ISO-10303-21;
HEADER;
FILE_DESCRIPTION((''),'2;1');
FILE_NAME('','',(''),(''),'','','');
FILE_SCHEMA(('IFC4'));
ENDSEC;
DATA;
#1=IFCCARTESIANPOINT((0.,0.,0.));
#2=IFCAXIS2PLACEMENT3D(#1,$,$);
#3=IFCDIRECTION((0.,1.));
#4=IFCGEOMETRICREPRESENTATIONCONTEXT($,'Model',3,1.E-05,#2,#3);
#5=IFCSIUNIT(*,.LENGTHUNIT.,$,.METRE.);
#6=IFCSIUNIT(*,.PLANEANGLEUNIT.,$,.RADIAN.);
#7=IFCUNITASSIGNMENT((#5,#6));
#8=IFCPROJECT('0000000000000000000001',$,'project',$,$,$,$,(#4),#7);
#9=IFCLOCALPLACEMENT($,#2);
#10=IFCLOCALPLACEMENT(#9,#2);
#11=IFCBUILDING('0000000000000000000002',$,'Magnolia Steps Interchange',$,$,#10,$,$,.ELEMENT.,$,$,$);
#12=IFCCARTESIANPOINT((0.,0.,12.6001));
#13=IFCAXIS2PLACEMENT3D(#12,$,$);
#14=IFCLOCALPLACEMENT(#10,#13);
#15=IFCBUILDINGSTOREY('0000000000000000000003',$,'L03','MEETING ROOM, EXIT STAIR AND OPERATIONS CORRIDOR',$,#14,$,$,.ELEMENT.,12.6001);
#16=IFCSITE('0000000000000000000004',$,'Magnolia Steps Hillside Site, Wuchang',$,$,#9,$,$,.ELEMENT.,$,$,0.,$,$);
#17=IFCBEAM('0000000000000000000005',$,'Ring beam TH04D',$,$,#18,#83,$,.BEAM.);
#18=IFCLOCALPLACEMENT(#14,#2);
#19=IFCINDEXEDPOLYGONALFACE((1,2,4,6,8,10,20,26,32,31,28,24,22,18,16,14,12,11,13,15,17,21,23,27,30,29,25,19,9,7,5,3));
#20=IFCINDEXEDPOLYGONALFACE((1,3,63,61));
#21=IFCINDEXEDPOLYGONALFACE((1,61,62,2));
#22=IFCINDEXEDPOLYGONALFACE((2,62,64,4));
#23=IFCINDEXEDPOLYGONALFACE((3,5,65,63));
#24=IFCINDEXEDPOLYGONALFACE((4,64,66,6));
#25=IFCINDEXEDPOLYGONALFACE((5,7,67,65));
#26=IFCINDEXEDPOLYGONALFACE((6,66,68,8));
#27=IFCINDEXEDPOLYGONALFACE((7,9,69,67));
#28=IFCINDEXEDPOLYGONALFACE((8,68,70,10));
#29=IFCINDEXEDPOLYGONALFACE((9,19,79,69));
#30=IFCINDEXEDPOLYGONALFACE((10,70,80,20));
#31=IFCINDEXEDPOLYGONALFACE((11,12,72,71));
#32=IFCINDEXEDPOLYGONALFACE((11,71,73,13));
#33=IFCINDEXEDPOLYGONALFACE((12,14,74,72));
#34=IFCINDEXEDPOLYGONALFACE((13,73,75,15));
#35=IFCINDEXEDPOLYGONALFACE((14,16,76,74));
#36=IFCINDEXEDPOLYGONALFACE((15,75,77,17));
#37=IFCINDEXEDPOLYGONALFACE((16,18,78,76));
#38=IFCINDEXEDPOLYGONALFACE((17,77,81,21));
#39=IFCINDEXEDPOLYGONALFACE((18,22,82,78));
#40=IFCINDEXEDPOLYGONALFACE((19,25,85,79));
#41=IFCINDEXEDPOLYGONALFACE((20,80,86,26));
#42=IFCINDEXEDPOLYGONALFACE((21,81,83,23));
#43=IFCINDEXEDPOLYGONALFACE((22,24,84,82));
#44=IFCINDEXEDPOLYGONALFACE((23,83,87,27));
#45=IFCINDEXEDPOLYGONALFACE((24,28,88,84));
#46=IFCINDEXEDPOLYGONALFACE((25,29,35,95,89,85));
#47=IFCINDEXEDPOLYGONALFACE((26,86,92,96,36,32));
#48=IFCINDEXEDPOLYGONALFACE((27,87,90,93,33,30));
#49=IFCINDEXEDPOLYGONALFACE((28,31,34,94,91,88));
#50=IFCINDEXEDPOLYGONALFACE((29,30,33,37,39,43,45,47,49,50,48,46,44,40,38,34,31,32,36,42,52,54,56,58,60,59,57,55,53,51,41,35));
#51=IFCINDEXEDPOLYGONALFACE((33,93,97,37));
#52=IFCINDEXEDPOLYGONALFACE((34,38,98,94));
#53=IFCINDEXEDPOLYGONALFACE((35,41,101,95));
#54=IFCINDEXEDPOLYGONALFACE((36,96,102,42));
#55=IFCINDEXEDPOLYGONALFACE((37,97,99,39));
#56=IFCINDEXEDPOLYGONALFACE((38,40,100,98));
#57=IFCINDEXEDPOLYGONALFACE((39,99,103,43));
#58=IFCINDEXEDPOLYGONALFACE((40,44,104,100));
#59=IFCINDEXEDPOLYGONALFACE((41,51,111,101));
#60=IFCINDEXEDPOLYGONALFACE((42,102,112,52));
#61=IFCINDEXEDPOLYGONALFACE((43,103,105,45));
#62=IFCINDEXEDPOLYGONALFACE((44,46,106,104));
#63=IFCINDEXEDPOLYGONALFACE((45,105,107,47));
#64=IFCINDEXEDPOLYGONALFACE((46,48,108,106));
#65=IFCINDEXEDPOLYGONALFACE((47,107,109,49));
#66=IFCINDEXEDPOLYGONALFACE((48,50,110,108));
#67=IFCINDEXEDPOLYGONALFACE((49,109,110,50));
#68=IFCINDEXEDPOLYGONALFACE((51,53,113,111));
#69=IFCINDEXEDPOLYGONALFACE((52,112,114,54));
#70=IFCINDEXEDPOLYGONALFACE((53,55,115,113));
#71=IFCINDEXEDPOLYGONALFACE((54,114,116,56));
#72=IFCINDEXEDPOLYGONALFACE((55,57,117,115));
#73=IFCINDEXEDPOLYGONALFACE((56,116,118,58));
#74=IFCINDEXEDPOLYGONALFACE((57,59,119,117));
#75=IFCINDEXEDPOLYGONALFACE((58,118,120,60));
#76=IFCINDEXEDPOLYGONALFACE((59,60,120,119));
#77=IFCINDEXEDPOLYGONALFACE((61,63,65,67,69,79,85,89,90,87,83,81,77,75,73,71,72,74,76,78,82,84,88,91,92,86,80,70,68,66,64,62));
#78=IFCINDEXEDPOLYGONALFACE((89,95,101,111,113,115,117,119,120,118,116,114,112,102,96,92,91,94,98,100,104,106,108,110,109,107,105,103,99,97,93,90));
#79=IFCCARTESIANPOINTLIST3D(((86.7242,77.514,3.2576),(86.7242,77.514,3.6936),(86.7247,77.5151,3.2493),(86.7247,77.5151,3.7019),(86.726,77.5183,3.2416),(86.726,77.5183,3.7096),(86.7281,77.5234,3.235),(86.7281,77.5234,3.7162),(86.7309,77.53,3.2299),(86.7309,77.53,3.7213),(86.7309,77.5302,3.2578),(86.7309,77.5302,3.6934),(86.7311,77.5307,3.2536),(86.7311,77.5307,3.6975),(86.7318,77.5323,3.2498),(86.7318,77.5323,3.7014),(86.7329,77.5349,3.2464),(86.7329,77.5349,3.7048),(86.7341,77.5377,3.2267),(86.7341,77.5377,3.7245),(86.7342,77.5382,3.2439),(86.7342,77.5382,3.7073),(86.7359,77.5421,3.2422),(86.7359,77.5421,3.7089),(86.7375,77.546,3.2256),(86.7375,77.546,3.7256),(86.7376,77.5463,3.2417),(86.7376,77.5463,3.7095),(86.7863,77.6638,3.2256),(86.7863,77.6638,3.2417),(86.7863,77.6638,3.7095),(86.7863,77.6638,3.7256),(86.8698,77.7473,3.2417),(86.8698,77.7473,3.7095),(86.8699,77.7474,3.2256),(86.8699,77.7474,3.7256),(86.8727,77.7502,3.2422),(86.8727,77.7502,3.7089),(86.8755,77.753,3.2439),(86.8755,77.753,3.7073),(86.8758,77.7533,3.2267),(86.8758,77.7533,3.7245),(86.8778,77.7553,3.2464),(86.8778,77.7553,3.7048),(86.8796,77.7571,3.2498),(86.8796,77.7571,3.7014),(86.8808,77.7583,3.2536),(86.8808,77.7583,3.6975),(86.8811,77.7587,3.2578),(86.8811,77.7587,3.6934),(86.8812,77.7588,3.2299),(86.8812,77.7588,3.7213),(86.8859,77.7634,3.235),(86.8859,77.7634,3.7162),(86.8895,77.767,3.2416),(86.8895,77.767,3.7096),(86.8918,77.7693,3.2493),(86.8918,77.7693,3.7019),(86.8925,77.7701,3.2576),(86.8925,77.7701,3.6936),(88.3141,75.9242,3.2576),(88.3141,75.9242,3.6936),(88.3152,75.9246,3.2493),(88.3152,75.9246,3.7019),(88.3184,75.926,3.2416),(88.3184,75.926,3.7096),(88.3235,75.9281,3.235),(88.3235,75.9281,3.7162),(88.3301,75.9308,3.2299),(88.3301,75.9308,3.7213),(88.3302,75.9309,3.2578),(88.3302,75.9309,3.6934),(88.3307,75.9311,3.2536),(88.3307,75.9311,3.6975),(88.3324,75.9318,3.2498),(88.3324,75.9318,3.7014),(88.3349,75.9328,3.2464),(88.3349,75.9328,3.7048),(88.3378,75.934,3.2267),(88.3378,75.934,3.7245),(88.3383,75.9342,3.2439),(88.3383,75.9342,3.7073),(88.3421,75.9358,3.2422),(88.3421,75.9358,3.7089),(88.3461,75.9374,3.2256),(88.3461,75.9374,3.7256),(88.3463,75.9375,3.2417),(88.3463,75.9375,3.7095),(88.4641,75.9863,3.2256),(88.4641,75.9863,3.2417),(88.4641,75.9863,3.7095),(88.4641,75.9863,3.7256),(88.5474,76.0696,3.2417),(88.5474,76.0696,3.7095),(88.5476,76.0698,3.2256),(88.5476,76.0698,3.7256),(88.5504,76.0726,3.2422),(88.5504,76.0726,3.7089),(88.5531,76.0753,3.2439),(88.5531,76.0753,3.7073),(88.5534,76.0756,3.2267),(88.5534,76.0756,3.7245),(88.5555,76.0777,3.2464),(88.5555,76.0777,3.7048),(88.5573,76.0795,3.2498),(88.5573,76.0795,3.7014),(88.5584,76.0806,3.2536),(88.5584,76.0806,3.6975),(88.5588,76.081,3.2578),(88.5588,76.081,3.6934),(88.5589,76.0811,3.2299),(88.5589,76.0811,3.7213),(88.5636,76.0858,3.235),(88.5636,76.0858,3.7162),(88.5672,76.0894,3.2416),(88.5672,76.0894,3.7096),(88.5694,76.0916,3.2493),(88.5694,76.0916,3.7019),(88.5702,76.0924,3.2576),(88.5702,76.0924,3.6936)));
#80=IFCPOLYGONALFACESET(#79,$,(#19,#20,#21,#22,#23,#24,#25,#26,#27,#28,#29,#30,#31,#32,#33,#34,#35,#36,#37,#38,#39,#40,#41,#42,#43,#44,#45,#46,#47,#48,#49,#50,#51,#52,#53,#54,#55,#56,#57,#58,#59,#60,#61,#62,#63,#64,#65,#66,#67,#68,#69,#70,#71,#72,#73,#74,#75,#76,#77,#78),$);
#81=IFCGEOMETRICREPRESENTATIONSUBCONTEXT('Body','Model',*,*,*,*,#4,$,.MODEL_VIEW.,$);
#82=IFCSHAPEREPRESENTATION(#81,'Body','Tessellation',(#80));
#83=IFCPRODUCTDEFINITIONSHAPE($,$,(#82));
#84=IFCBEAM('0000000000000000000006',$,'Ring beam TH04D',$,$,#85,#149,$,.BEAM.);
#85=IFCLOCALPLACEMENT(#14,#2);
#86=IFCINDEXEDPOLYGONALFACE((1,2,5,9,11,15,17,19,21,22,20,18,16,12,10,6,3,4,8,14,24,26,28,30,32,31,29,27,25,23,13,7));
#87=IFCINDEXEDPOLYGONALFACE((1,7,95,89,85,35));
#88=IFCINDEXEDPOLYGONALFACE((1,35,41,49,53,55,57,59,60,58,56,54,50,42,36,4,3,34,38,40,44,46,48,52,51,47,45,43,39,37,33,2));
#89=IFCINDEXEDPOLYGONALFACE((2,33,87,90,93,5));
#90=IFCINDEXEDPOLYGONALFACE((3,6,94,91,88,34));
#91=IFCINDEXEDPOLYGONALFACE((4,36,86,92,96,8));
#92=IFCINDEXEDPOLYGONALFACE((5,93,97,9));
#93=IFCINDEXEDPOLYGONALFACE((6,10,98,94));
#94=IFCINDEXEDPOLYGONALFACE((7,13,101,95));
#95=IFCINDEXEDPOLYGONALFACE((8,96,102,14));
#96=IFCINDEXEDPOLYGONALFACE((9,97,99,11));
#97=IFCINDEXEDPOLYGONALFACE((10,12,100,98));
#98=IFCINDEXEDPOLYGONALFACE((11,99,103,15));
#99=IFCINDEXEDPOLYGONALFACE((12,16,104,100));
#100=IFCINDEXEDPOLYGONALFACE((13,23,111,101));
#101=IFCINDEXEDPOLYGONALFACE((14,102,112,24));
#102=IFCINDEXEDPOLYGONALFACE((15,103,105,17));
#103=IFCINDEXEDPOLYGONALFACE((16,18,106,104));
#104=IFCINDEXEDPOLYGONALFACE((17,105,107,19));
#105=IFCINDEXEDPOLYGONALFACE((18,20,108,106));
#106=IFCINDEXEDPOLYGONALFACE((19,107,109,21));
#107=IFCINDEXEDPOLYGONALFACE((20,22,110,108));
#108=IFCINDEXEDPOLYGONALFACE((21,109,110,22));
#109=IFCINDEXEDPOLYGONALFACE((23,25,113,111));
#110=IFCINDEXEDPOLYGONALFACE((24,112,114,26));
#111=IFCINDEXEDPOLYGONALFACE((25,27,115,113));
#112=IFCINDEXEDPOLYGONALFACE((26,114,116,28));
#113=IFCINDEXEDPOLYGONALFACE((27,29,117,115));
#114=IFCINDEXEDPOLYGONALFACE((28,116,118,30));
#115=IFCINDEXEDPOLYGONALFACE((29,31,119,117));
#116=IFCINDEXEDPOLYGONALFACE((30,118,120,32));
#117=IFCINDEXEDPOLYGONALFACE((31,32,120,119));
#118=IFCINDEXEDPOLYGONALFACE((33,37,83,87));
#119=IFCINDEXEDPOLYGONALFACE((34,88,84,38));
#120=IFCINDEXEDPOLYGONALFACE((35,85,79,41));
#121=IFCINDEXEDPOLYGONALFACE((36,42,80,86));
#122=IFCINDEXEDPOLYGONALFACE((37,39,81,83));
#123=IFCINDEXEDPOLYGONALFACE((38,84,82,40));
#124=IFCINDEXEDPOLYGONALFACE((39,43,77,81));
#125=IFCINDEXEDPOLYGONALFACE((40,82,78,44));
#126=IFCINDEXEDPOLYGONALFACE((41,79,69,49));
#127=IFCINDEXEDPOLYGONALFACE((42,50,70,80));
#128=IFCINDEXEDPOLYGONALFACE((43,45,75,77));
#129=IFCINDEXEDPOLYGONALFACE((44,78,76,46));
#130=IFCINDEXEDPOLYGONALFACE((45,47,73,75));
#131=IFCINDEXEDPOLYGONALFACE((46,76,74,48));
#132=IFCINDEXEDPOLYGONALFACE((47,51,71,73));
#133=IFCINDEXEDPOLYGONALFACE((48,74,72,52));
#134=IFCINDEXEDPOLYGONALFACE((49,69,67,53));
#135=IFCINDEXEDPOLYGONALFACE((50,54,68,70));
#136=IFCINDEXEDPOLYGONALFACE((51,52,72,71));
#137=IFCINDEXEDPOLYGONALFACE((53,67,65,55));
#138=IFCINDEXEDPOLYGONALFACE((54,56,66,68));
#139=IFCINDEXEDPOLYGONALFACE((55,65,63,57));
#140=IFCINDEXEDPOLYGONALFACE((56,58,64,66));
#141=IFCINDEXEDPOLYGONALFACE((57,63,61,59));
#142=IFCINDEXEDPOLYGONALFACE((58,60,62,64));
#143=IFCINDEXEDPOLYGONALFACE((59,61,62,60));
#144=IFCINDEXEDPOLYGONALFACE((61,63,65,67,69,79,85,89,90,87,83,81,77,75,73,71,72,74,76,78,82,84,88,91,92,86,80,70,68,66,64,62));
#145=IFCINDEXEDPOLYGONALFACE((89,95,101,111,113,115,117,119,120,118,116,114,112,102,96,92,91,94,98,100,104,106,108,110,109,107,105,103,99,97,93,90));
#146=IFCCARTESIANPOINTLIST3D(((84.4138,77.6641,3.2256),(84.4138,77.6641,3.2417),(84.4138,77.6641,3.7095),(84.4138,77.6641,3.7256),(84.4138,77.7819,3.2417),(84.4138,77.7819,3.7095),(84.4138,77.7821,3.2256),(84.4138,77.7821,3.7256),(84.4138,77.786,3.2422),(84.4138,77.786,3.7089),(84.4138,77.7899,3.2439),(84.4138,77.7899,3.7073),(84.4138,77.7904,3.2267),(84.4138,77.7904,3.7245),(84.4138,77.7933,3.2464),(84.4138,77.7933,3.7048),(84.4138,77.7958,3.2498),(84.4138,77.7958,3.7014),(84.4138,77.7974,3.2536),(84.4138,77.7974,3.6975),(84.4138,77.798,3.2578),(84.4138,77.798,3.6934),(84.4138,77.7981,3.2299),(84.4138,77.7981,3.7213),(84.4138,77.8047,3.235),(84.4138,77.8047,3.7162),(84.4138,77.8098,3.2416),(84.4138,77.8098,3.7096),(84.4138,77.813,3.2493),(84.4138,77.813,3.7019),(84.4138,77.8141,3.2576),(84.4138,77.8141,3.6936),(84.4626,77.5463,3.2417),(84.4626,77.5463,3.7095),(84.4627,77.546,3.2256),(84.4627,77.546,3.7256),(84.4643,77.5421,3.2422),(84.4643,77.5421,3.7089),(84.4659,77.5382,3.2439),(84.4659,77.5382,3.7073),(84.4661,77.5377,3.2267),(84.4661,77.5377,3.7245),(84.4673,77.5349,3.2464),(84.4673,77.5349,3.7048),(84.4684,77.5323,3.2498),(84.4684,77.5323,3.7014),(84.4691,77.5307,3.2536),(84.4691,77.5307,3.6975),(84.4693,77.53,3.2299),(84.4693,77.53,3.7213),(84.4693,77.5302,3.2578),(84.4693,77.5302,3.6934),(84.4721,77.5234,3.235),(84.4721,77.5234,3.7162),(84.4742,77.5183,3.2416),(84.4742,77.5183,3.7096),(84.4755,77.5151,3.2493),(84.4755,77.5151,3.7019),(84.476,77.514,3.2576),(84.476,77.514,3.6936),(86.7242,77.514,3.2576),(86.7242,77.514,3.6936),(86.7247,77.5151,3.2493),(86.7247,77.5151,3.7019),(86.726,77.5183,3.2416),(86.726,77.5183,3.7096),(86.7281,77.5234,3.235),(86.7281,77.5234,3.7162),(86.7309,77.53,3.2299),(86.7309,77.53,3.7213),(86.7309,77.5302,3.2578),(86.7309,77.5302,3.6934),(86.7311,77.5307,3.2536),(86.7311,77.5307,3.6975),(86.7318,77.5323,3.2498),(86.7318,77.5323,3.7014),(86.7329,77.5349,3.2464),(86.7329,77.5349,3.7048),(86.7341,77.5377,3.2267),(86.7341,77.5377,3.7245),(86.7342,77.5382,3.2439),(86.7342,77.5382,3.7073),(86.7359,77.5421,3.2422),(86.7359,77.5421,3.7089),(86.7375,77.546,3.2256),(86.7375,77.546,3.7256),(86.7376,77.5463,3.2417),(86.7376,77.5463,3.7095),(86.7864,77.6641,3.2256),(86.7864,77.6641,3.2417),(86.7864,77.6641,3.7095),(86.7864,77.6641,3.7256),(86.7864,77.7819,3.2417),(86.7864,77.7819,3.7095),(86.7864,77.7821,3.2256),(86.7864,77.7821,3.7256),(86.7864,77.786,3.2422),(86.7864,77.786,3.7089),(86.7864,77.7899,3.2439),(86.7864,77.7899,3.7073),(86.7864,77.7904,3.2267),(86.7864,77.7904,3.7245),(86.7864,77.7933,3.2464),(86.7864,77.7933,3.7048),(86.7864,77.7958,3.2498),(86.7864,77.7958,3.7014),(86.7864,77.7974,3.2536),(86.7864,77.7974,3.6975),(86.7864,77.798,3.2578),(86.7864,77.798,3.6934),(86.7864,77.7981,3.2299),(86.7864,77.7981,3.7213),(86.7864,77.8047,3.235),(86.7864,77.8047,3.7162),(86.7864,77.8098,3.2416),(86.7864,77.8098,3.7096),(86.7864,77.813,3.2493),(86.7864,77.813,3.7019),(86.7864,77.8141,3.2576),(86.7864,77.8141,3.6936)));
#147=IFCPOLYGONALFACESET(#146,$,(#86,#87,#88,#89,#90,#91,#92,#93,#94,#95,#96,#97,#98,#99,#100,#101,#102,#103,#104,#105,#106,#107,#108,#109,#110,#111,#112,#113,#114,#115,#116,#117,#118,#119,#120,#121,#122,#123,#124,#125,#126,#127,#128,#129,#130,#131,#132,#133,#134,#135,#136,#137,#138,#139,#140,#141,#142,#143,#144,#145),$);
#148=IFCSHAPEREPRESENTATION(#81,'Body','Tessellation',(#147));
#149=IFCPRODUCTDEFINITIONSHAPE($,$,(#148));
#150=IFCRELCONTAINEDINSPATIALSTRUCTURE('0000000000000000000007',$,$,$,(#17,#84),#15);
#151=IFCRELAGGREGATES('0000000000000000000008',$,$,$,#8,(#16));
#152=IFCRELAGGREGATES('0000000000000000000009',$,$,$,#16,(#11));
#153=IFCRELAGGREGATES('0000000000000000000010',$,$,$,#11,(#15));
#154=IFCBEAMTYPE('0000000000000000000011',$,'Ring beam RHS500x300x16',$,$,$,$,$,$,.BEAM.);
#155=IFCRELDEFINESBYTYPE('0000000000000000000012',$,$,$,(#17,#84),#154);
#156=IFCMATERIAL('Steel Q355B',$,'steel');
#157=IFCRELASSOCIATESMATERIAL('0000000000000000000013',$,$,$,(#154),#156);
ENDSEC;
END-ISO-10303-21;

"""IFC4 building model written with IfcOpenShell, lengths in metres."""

from ifc_helpers import new_model, si_unit, direction, frame, origin, origin_2d, place, context, subcontext, project, spatial, hollow_rectangle, extrude, clip, halfspace, material, material_profile, profile_set, type_object, element, save


model = new_model("IFC4")

# Units and contexts
model_context = context("Model", 3, precision=1e-05, world=origin(), true_north=direction((0.0, 1.0)))
body_context = subcontext(model_context, "Body", "Model", "MODEL_VIEW")
ifc_project = project(units=[si_unit("LENGTHUNIT", "METRE"), si_unit("PLANEANGLEUNIT", "RADIAN")], contexts=[model_context])

# Site, building, storey
site_placement = place(None, origin())
site = spatial("IfcSite", under=ifc_project, at=site_placement, Name="Magnolia Steps Hillside Site, Wuchang", CompositionType="ELEMENT", RefElevation=0.0)
building_placement = place(site_placement, origin())
building = spatial("IfcBuilding", under=site, at=building_placement, Name="Magnolia Steps Interchange", CompositionType="ELEMENT")
storey_placement = place(building_placement, frame((0.0, 0.0, 12.6001)))
storey = spatial("IfcBuildingStorey", under=building, at=storey_placement, Name="L03", Description="MEETING ROOM, EXIT STAIR AND OPERATIONS CORRIDOR", CompositionType="ELEMENT", Elevation=12.6001)

# Beams
ifc_material_1 = material(Name="Steel Q355B", Category="steel")
ifc_material_profile_1 = material_profile(ifc_material_1, hollow_rectangle(XDim=0.3, YDim=0.5, WallThickness=0.0161, InnerFilletRadius=0.0161, OuterFilletRadius=0.032, at=origin_2d()), Name="RHS500x300x16")
ifc_profile_set_1 = profile_set([ifc_material_profile_1], Name="Steel Q355B")
beam_type = type_object("IfcBeamType", Name="Ring beam RHS500x300x16", PredefinedType="BEAM", material=ifc_profile_set_1)
beam_1_placement = place(storey_placement, frame((88.4641, 75.9863, 3.4756), z_axis=(-0.707107, 0.707107, 0.0), x_axis=(-0.707107, -0.707107, 0.0)))
element("IfcBeam", 1, at=beam_1_placement, inside=storey, type_object=beam_type, Name="Ring beam TH04D", PredefinedType="BEAM", context=body_context, shape_type="Clipping", body=[
    clip(clip(extrude(hollow_rectangle(XDim=0.3, YDim=0.5, WallThickness=0.0161, InnerFilletRadius=0.0161, OuterFilletRadius=0.032, at=origin_2d()), origin(), (0.0, 0.0, 1.0), 2.3726), halfspace(frame((0.0, 0.0, 0.0), z_axis=(0.382683, 0.0, -0.92388), x_axis=(0.92388, 0.0, 0.382683)), False)), halfspace(frame((0.0, 0.0, 2.3727), z_axis=(0.382683, 0.0, 0.92388), x_axis=(0.92388, 0.0, -0.382683)), False)),
])
beam_2_placement = place(storey_placement, frame((86.7864, 77.6641, 3.4756), z_axis=(-1.0, 0.0, 0.0), x_axis=(0.0, -1.0, 0.0)))
element("IfcBeam", 2, at=beam_2_placement, inside=storey, type_object=beam_type, Name="Ring beam TH04D", PredefinedType="BEAM", context=body_context, shape_type="Clipping", body=[
    clip(clip(extrude(hollow_rectangle(XDim=0.3, YDim=0.5, WallThickness=0.0161, InnerFilletRadius=0.0161, OuterFilletRadius=0.032, at=origin_2d()), origin(), (0.0, 0.0, 1.0), 2.3726), halfspace(frame((0.0, 0.0, 0.0), z_axis=(0.382683, 0.0, -0.92388), x_axis=(0.92388, 0.0, 0.382683)), False)), halfspace(frame((0.0, 0.0, 2.3726), z_axis=(0.382683, 0.0, 0.92388), x_axis=(0.92388, 0.0, -0.382683)), False)),
])

save(model, "model.ifc")
